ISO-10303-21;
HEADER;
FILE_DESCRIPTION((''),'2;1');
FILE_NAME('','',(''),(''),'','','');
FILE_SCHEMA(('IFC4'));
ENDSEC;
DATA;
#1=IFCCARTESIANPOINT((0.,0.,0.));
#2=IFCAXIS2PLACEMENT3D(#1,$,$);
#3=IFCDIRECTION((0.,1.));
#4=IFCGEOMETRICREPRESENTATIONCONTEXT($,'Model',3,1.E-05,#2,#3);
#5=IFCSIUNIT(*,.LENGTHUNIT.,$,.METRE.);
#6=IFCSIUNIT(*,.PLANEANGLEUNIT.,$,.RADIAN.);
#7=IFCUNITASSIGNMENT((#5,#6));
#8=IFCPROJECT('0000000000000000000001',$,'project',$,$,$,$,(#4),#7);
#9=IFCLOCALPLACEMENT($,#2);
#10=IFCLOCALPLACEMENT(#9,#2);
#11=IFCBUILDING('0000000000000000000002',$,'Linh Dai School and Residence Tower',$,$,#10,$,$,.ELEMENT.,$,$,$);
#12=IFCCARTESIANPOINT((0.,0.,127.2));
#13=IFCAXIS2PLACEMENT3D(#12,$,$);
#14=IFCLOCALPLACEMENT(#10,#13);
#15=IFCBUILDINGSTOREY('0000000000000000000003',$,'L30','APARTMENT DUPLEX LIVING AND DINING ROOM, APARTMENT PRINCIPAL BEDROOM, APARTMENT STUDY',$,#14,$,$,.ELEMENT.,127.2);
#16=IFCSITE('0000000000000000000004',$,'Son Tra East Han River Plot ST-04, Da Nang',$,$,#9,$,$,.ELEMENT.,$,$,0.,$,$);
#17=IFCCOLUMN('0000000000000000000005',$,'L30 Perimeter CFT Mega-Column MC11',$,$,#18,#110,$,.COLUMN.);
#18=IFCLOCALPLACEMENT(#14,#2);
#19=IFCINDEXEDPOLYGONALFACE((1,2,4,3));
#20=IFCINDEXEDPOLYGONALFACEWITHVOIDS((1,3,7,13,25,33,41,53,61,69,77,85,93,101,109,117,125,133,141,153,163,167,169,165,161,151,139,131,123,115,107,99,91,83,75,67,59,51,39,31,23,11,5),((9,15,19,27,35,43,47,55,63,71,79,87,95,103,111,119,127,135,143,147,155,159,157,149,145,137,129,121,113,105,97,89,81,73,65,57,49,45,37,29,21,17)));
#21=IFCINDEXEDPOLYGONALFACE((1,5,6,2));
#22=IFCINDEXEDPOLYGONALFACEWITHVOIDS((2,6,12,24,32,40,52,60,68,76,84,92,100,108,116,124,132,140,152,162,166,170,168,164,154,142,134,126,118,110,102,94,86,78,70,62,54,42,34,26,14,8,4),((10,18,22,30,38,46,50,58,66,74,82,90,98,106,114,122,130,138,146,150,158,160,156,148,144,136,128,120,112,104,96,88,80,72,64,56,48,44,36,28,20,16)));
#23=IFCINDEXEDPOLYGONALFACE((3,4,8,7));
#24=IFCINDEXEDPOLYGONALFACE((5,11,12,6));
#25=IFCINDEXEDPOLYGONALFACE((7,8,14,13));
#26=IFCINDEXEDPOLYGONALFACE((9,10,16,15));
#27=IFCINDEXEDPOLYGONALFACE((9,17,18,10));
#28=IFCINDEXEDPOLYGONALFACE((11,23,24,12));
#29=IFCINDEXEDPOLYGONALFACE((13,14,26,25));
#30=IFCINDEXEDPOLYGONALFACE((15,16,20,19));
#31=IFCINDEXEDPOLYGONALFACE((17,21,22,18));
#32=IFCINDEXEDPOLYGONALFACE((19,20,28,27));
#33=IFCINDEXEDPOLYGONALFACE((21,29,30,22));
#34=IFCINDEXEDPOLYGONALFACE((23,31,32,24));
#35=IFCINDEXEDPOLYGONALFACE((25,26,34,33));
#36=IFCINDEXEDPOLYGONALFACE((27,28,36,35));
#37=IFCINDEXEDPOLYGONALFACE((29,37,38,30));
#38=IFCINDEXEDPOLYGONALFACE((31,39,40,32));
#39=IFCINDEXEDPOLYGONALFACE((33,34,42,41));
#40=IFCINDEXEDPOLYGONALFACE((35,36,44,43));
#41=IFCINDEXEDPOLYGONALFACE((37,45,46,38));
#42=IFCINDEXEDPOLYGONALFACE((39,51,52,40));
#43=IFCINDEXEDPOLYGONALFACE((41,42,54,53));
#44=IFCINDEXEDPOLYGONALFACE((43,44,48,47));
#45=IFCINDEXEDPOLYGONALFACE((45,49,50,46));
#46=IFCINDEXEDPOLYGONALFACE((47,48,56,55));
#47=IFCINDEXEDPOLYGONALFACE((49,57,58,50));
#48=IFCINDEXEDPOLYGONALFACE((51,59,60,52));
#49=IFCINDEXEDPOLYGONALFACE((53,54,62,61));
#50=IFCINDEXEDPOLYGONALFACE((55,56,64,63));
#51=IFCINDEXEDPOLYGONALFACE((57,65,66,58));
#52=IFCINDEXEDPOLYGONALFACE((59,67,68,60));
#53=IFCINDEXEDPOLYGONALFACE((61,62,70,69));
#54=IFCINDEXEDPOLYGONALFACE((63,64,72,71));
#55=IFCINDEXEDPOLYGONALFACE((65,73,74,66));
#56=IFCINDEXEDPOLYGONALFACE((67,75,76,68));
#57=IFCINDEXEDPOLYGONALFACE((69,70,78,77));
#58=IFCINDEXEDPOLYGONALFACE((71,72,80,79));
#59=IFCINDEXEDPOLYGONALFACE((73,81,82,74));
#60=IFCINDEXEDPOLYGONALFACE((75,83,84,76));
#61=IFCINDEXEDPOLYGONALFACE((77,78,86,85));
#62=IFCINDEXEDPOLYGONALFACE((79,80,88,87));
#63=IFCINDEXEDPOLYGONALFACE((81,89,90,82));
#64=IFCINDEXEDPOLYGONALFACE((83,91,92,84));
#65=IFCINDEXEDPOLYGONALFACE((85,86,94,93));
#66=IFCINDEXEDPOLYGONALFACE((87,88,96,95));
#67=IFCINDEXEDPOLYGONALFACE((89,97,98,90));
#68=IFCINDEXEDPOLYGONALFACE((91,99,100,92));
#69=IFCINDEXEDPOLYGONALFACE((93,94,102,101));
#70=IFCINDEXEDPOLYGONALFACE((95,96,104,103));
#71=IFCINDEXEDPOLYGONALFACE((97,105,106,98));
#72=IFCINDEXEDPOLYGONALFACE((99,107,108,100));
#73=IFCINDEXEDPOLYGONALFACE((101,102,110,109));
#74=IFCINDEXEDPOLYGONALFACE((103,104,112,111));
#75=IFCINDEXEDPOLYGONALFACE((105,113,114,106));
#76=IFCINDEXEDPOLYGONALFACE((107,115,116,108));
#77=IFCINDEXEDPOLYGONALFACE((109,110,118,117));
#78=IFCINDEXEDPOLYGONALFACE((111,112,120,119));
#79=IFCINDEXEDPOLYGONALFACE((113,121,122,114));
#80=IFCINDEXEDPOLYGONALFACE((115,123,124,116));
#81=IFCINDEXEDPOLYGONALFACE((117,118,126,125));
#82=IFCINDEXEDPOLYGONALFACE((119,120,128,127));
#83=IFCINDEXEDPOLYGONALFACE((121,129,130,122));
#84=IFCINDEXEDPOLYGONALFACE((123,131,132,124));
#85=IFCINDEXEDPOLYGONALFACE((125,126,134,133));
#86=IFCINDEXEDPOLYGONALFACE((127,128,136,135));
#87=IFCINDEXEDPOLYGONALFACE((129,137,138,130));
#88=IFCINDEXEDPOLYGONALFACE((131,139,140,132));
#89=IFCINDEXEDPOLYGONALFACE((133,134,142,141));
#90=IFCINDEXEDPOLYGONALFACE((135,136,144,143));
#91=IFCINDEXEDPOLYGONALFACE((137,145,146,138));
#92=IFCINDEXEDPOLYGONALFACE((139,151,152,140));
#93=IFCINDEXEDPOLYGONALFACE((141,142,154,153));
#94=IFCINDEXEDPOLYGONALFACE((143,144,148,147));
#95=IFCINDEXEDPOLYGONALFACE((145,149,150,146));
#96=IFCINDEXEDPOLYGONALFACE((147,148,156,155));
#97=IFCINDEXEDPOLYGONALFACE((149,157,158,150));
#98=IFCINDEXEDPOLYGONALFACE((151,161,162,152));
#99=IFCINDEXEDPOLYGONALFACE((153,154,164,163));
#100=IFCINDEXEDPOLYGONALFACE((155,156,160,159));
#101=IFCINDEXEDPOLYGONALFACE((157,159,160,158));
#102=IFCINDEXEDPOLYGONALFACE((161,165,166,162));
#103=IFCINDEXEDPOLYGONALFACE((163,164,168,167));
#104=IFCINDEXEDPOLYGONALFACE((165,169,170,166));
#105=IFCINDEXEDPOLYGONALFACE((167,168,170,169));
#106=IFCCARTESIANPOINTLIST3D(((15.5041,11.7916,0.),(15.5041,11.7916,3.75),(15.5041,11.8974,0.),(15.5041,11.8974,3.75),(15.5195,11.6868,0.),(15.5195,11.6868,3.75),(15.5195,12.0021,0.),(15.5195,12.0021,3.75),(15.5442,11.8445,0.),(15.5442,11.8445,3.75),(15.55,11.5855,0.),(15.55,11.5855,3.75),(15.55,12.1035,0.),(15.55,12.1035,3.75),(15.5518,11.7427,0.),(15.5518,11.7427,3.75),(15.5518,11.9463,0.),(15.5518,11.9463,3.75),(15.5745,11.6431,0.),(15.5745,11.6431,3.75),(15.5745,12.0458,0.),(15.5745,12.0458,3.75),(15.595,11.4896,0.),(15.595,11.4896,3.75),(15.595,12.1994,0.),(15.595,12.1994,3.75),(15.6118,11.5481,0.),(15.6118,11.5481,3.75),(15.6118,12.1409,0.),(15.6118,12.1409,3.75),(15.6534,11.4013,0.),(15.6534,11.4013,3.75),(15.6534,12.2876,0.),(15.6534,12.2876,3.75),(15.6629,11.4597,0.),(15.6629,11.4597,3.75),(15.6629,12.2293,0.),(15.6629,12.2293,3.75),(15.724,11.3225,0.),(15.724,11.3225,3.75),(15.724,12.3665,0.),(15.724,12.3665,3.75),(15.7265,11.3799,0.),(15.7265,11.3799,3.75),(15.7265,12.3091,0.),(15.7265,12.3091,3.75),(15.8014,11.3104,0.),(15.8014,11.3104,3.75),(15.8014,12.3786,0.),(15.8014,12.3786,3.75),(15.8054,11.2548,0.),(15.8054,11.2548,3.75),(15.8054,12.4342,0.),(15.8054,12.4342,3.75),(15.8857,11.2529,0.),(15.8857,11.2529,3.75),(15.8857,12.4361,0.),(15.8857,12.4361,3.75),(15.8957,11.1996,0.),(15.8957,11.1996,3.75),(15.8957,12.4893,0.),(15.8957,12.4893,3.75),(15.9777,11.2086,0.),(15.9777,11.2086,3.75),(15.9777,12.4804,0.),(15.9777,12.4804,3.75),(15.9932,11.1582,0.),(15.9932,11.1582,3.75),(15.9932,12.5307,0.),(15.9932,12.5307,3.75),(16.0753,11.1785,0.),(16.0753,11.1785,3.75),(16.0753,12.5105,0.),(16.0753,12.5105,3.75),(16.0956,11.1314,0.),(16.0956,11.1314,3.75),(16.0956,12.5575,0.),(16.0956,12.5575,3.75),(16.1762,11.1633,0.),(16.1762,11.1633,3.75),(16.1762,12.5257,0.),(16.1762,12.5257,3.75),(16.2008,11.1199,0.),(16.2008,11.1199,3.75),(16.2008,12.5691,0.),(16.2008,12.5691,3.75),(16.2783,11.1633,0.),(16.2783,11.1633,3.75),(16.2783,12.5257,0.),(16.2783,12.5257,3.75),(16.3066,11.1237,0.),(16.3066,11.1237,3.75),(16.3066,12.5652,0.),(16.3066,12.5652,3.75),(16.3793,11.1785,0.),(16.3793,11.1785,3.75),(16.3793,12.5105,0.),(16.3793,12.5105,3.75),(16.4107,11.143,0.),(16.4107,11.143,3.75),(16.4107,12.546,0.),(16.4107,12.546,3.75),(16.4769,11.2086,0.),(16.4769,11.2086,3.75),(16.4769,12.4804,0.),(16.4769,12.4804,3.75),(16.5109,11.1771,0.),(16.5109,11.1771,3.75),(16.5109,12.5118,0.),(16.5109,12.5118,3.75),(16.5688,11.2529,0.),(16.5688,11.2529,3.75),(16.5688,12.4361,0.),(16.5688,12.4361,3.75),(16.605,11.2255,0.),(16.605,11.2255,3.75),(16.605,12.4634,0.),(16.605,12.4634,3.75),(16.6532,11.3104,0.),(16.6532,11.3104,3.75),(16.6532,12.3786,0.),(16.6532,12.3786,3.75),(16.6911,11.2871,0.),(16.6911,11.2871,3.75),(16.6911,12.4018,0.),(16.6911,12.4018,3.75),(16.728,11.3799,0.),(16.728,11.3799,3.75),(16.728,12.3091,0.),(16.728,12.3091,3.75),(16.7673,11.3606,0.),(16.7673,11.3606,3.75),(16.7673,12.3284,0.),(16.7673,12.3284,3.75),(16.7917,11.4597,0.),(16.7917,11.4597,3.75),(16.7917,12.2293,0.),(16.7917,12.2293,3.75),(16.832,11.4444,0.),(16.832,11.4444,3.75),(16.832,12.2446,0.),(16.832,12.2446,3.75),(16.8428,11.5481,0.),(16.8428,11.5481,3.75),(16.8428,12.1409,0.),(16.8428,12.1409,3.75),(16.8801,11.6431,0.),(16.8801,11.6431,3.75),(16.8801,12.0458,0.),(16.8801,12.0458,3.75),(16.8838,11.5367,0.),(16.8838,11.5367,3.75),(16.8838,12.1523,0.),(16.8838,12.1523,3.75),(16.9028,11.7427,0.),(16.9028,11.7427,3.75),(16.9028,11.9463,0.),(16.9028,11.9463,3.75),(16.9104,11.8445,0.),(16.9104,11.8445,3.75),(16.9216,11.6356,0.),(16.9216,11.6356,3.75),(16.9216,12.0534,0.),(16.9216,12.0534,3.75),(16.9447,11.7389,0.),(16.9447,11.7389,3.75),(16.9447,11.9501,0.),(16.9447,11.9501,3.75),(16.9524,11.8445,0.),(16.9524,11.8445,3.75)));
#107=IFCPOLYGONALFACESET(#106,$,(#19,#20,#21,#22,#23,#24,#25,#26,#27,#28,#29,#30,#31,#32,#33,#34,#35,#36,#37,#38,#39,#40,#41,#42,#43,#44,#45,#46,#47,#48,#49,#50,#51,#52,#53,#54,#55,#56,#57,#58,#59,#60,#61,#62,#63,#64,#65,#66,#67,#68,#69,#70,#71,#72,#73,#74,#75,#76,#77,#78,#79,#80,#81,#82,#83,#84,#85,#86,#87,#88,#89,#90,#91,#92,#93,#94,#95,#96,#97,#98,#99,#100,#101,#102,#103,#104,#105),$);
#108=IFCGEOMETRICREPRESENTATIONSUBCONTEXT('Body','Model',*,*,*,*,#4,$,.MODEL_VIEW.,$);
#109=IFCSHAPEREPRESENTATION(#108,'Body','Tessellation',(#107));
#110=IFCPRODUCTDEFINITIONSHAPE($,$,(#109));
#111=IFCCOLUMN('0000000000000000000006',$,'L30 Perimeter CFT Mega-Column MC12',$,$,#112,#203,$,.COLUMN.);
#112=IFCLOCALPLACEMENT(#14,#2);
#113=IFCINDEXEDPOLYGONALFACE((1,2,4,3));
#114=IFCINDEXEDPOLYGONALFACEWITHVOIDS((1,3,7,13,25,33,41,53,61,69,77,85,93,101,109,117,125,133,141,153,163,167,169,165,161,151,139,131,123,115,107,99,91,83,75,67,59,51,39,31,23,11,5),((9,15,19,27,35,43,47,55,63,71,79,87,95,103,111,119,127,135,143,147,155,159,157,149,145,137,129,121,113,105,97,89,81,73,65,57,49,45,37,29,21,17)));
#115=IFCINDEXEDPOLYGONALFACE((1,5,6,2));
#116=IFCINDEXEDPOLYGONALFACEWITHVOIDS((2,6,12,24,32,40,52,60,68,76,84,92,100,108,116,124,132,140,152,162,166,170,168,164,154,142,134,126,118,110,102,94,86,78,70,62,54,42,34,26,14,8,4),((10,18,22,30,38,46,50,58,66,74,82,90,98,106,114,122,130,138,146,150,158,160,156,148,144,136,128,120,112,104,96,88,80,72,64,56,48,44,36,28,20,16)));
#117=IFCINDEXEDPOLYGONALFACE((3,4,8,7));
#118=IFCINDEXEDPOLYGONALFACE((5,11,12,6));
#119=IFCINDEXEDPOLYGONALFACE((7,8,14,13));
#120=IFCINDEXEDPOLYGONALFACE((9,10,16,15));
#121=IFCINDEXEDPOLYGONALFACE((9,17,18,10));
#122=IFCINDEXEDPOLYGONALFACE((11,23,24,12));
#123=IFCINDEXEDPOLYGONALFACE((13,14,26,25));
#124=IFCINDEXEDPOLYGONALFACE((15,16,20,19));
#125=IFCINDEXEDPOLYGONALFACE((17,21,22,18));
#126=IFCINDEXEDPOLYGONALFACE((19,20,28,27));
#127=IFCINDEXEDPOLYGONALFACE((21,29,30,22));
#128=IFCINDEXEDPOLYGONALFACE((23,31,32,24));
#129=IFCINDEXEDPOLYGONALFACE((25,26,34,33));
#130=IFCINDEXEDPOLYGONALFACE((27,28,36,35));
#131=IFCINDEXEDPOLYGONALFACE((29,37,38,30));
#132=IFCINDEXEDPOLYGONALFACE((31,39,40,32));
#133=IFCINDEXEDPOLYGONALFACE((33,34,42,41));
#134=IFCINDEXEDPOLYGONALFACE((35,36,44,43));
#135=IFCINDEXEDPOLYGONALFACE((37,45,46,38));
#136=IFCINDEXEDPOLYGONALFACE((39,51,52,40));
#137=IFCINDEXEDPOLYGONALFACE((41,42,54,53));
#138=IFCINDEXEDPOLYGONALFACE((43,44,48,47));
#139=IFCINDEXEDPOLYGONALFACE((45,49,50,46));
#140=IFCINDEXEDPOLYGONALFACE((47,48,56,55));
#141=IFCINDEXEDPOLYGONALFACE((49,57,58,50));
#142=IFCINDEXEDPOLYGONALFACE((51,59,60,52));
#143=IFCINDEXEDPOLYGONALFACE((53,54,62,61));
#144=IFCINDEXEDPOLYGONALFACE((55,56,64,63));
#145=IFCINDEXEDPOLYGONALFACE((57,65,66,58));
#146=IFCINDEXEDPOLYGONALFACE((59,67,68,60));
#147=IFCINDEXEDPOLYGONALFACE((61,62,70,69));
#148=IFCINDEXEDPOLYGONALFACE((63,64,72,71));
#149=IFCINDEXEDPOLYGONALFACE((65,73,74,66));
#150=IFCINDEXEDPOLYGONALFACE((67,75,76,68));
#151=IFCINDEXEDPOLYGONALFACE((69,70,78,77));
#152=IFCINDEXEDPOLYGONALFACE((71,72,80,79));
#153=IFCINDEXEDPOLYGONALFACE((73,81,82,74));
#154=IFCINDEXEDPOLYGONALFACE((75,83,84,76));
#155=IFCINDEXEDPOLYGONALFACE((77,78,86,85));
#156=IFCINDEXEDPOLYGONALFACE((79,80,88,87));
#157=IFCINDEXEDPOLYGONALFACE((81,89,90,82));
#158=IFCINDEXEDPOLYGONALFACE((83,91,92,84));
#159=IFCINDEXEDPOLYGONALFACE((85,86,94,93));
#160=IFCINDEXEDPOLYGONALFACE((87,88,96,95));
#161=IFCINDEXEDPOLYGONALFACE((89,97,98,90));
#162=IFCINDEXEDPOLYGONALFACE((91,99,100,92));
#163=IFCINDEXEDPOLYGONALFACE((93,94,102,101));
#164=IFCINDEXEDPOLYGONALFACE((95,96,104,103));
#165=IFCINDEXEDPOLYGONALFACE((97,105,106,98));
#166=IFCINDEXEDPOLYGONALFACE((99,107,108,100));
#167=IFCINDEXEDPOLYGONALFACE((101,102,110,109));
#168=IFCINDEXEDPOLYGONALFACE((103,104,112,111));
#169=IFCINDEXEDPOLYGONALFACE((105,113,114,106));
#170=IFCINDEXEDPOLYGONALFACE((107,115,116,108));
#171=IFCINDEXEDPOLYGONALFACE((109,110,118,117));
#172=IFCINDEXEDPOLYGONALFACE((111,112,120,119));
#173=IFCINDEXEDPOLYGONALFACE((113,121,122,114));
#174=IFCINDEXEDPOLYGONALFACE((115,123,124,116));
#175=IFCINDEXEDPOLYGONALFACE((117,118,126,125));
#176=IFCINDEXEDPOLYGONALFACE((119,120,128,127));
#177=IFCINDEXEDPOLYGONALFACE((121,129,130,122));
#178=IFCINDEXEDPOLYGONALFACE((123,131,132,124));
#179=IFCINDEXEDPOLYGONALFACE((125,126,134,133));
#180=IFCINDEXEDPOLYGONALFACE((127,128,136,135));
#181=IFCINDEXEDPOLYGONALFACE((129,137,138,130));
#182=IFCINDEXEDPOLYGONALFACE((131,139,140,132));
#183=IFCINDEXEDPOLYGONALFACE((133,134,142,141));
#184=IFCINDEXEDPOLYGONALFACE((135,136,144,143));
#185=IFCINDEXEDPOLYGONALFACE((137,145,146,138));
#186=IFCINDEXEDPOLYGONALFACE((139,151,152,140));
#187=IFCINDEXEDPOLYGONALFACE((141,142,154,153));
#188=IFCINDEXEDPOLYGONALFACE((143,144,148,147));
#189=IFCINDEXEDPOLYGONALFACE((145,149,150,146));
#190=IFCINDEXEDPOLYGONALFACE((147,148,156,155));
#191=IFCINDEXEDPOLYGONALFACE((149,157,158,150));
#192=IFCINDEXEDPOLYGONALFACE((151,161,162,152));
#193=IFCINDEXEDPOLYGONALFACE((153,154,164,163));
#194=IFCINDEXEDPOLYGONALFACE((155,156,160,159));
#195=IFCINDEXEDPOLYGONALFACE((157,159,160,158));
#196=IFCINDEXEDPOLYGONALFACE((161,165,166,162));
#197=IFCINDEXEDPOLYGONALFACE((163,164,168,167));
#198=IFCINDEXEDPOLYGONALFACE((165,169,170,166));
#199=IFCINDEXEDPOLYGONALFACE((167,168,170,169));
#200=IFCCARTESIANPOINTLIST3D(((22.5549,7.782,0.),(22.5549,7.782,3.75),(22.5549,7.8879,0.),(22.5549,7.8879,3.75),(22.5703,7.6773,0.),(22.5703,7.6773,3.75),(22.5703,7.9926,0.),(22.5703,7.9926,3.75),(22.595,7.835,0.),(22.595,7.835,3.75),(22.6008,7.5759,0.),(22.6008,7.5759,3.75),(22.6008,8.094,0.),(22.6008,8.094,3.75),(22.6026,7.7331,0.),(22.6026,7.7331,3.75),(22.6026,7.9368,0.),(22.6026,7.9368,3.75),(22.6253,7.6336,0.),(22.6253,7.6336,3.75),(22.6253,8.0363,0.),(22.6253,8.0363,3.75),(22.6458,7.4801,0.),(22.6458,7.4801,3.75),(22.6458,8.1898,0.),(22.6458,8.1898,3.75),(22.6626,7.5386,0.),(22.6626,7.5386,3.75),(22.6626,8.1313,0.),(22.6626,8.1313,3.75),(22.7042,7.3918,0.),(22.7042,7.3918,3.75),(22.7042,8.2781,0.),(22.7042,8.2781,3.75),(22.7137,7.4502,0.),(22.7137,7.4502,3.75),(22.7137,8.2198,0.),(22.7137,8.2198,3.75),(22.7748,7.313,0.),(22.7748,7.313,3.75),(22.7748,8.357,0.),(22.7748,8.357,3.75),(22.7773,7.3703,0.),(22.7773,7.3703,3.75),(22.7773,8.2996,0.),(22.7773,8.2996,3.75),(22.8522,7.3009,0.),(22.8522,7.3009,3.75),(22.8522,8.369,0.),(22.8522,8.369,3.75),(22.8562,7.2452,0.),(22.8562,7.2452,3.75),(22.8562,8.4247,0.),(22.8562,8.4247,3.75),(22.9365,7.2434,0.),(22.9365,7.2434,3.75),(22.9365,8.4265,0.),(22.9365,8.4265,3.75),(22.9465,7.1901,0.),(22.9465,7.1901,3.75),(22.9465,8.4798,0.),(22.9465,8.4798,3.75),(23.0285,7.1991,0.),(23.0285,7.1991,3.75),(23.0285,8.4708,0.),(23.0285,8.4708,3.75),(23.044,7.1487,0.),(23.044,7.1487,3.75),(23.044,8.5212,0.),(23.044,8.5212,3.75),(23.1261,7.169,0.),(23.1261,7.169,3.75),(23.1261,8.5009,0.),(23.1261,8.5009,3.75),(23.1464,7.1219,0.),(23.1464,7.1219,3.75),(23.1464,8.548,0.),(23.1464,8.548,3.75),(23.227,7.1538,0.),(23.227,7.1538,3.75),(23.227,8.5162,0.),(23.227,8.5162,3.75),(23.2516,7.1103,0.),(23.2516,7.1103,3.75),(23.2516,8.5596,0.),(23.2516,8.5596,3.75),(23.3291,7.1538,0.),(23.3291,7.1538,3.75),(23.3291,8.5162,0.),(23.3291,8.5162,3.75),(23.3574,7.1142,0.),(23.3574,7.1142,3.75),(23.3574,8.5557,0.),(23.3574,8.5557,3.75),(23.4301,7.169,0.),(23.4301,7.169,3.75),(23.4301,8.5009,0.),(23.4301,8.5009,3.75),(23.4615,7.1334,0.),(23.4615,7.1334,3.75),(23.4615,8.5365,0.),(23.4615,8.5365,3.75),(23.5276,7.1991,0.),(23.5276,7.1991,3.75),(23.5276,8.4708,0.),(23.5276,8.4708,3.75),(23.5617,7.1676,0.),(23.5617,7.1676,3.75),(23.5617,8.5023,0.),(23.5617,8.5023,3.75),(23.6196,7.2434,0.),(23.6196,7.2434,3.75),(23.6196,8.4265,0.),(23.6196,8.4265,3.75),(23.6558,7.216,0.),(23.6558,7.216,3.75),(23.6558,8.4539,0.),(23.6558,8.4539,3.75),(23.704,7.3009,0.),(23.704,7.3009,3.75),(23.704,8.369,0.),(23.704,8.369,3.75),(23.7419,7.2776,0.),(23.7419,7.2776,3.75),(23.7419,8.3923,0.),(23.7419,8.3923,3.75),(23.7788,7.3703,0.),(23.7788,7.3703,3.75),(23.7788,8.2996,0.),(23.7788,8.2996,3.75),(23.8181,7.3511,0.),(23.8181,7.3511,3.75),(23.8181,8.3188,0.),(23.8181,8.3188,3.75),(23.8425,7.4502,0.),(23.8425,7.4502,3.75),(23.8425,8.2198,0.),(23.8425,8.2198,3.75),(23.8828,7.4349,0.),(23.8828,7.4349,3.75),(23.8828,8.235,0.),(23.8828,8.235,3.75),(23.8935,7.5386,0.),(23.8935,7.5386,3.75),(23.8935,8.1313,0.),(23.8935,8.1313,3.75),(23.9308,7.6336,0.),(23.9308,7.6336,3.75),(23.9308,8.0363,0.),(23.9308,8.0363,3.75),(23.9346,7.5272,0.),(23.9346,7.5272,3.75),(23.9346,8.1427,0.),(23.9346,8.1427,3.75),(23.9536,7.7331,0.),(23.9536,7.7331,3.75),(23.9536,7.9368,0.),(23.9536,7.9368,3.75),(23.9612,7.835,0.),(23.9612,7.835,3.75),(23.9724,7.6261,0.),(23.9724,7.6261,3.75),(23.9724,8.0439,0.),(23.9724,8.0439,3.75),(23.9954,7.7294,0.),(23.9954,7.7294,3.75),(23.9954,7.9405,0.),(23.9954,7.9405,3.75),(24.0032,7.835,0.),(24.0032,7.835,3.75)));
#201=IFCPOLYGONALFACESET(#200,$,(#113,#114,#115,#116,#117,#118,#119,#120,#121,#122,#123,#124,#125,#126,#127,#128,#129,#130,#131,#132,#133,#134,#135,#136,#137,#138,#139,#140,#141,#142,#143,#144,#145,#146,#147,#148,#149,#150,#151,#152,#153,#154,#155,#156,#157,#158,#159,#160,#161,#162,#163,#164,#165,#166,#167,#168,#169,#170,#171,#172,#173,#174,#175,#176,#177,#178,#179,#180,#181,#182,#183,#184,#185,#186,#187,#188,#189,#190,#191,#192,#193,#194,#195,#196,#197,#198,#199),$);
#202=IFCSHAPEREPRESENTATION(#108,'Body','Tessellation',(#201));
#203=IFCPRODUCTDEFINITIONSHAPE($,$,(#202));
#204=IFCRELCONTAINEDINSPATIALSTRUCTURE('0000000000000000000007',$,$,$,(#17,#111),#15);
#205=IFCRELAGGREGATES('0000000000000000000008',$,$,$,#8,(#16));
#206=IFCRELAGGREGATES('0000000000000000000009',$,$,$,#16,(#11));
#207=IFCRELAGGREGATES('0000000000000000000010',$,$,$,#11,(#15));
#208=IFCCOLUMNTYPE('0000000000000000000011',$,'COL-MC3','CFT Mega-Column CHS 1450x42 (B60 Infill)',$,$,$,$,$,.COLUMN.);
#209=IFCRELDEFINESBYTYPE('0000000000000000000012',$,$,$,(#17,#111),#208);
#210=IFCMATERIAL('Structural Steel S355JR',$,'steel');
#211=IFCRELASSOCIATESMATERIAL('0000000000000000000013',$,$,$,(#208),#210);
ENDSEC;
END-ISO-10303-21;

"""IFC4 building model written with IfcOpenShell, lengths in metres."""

from ifc_helpers import new_model, si_unit, direction, frame, origin, origin_2d, place, context, subcontext, project, spatial, hollow_circle, extrude, material, material_profile, profile_set, type_object, element, save


model = new_model("IFC4")

# Units and contexts
model_context = context("Model", 3, precision=1e-05, world=origin(), true_north=direction((0.0, 1.0)))
body_context = subcontext(model_context, "Body", "Model", "MODEL_VIEW")
ifc_project = project(units=[si_unit("LENGTHUNIT", "METRE"), si_unit("PLANEANGLEUNIT", "RADIAN")], contexts=[model_context])

# Site, building, storey
site_placement = place(None, origin())
site = spatial("IfcSite", under=ifc_project, at=site_placement, Name="Son Tra East Han River Plot ST-04, Da Nang", CompositionType="ELEMENT", RefElevation=0.0)
building_placement = place(site_placement, origin())
building = spatial("IfcBuilding", under=site, at=building_placement, Name="Linh Dai School and Residence Tower", CompositionType="ELEMENT")
storey_placement = place(building_placement, frame((0.0, 0.0, 127.2)))
storey = spatial("IfcBuildingStorey", under=building, at=storey_placement, Name="L30", Description="APARTMENT DUPLEX LIVING AND DINING ROOM, APARTMENT PRINCIPAL BEDROOM, APARTMENT STUDY", CompositionType="ELEMENT", Elevation=127.2)

# Columns
ifc_material_1 = material(Name="Structural Steel S355JR", Category="steel")
ifc_material_profile_1 = material_profile(ifc_material_1, hollow_circle(Radius=0.7251, WallThickness=0.042, at=origin_2d()), Name="CHS 1450x42")
ifc_profile_set_1 = profile_set([ifc_material_profile_1], Name="Structural Steel S355JR")
column_type = type_object("IfcColumnType", Name="COL-MC3", Description="CFT Mega-Column CHS 1450x42 (B60 Infill)", PredefinedType="COLUMN", material=ifc_profile_set_1)
for number, where, z_axis, x_axis, name in (
    (1, (16.2273, 11.8445, 0.0), (0.0, 0.0, 1.0), (1.0, 0.0, 0.0), "L30 Perimeter CFT Mega-Column MC11"),
    (2, (23.2781, 7.835, 0.0), (0.0, 0.0, 1.0), (1.0, 0.0, 0.0), "L30 Perimeter CFT Mega-Column MC12"),
):
    element("IfcColumn", number, at=place(storey_placement, frame(where, z_axis=z_axis, x_axis=x_axis)), inside=storey, type_object=column_type, Name=name, PredefinedType="COLUMN", context=body_context, shape_type="SweptSolid", body=[
        extrude(hollow_circle(Radius=0.7251, WallThickness=0.042, at=origin_2d()), origin(), (0.0, 0.0, 1.0), 3.75),
    ])

save(model, "model.ifc")
